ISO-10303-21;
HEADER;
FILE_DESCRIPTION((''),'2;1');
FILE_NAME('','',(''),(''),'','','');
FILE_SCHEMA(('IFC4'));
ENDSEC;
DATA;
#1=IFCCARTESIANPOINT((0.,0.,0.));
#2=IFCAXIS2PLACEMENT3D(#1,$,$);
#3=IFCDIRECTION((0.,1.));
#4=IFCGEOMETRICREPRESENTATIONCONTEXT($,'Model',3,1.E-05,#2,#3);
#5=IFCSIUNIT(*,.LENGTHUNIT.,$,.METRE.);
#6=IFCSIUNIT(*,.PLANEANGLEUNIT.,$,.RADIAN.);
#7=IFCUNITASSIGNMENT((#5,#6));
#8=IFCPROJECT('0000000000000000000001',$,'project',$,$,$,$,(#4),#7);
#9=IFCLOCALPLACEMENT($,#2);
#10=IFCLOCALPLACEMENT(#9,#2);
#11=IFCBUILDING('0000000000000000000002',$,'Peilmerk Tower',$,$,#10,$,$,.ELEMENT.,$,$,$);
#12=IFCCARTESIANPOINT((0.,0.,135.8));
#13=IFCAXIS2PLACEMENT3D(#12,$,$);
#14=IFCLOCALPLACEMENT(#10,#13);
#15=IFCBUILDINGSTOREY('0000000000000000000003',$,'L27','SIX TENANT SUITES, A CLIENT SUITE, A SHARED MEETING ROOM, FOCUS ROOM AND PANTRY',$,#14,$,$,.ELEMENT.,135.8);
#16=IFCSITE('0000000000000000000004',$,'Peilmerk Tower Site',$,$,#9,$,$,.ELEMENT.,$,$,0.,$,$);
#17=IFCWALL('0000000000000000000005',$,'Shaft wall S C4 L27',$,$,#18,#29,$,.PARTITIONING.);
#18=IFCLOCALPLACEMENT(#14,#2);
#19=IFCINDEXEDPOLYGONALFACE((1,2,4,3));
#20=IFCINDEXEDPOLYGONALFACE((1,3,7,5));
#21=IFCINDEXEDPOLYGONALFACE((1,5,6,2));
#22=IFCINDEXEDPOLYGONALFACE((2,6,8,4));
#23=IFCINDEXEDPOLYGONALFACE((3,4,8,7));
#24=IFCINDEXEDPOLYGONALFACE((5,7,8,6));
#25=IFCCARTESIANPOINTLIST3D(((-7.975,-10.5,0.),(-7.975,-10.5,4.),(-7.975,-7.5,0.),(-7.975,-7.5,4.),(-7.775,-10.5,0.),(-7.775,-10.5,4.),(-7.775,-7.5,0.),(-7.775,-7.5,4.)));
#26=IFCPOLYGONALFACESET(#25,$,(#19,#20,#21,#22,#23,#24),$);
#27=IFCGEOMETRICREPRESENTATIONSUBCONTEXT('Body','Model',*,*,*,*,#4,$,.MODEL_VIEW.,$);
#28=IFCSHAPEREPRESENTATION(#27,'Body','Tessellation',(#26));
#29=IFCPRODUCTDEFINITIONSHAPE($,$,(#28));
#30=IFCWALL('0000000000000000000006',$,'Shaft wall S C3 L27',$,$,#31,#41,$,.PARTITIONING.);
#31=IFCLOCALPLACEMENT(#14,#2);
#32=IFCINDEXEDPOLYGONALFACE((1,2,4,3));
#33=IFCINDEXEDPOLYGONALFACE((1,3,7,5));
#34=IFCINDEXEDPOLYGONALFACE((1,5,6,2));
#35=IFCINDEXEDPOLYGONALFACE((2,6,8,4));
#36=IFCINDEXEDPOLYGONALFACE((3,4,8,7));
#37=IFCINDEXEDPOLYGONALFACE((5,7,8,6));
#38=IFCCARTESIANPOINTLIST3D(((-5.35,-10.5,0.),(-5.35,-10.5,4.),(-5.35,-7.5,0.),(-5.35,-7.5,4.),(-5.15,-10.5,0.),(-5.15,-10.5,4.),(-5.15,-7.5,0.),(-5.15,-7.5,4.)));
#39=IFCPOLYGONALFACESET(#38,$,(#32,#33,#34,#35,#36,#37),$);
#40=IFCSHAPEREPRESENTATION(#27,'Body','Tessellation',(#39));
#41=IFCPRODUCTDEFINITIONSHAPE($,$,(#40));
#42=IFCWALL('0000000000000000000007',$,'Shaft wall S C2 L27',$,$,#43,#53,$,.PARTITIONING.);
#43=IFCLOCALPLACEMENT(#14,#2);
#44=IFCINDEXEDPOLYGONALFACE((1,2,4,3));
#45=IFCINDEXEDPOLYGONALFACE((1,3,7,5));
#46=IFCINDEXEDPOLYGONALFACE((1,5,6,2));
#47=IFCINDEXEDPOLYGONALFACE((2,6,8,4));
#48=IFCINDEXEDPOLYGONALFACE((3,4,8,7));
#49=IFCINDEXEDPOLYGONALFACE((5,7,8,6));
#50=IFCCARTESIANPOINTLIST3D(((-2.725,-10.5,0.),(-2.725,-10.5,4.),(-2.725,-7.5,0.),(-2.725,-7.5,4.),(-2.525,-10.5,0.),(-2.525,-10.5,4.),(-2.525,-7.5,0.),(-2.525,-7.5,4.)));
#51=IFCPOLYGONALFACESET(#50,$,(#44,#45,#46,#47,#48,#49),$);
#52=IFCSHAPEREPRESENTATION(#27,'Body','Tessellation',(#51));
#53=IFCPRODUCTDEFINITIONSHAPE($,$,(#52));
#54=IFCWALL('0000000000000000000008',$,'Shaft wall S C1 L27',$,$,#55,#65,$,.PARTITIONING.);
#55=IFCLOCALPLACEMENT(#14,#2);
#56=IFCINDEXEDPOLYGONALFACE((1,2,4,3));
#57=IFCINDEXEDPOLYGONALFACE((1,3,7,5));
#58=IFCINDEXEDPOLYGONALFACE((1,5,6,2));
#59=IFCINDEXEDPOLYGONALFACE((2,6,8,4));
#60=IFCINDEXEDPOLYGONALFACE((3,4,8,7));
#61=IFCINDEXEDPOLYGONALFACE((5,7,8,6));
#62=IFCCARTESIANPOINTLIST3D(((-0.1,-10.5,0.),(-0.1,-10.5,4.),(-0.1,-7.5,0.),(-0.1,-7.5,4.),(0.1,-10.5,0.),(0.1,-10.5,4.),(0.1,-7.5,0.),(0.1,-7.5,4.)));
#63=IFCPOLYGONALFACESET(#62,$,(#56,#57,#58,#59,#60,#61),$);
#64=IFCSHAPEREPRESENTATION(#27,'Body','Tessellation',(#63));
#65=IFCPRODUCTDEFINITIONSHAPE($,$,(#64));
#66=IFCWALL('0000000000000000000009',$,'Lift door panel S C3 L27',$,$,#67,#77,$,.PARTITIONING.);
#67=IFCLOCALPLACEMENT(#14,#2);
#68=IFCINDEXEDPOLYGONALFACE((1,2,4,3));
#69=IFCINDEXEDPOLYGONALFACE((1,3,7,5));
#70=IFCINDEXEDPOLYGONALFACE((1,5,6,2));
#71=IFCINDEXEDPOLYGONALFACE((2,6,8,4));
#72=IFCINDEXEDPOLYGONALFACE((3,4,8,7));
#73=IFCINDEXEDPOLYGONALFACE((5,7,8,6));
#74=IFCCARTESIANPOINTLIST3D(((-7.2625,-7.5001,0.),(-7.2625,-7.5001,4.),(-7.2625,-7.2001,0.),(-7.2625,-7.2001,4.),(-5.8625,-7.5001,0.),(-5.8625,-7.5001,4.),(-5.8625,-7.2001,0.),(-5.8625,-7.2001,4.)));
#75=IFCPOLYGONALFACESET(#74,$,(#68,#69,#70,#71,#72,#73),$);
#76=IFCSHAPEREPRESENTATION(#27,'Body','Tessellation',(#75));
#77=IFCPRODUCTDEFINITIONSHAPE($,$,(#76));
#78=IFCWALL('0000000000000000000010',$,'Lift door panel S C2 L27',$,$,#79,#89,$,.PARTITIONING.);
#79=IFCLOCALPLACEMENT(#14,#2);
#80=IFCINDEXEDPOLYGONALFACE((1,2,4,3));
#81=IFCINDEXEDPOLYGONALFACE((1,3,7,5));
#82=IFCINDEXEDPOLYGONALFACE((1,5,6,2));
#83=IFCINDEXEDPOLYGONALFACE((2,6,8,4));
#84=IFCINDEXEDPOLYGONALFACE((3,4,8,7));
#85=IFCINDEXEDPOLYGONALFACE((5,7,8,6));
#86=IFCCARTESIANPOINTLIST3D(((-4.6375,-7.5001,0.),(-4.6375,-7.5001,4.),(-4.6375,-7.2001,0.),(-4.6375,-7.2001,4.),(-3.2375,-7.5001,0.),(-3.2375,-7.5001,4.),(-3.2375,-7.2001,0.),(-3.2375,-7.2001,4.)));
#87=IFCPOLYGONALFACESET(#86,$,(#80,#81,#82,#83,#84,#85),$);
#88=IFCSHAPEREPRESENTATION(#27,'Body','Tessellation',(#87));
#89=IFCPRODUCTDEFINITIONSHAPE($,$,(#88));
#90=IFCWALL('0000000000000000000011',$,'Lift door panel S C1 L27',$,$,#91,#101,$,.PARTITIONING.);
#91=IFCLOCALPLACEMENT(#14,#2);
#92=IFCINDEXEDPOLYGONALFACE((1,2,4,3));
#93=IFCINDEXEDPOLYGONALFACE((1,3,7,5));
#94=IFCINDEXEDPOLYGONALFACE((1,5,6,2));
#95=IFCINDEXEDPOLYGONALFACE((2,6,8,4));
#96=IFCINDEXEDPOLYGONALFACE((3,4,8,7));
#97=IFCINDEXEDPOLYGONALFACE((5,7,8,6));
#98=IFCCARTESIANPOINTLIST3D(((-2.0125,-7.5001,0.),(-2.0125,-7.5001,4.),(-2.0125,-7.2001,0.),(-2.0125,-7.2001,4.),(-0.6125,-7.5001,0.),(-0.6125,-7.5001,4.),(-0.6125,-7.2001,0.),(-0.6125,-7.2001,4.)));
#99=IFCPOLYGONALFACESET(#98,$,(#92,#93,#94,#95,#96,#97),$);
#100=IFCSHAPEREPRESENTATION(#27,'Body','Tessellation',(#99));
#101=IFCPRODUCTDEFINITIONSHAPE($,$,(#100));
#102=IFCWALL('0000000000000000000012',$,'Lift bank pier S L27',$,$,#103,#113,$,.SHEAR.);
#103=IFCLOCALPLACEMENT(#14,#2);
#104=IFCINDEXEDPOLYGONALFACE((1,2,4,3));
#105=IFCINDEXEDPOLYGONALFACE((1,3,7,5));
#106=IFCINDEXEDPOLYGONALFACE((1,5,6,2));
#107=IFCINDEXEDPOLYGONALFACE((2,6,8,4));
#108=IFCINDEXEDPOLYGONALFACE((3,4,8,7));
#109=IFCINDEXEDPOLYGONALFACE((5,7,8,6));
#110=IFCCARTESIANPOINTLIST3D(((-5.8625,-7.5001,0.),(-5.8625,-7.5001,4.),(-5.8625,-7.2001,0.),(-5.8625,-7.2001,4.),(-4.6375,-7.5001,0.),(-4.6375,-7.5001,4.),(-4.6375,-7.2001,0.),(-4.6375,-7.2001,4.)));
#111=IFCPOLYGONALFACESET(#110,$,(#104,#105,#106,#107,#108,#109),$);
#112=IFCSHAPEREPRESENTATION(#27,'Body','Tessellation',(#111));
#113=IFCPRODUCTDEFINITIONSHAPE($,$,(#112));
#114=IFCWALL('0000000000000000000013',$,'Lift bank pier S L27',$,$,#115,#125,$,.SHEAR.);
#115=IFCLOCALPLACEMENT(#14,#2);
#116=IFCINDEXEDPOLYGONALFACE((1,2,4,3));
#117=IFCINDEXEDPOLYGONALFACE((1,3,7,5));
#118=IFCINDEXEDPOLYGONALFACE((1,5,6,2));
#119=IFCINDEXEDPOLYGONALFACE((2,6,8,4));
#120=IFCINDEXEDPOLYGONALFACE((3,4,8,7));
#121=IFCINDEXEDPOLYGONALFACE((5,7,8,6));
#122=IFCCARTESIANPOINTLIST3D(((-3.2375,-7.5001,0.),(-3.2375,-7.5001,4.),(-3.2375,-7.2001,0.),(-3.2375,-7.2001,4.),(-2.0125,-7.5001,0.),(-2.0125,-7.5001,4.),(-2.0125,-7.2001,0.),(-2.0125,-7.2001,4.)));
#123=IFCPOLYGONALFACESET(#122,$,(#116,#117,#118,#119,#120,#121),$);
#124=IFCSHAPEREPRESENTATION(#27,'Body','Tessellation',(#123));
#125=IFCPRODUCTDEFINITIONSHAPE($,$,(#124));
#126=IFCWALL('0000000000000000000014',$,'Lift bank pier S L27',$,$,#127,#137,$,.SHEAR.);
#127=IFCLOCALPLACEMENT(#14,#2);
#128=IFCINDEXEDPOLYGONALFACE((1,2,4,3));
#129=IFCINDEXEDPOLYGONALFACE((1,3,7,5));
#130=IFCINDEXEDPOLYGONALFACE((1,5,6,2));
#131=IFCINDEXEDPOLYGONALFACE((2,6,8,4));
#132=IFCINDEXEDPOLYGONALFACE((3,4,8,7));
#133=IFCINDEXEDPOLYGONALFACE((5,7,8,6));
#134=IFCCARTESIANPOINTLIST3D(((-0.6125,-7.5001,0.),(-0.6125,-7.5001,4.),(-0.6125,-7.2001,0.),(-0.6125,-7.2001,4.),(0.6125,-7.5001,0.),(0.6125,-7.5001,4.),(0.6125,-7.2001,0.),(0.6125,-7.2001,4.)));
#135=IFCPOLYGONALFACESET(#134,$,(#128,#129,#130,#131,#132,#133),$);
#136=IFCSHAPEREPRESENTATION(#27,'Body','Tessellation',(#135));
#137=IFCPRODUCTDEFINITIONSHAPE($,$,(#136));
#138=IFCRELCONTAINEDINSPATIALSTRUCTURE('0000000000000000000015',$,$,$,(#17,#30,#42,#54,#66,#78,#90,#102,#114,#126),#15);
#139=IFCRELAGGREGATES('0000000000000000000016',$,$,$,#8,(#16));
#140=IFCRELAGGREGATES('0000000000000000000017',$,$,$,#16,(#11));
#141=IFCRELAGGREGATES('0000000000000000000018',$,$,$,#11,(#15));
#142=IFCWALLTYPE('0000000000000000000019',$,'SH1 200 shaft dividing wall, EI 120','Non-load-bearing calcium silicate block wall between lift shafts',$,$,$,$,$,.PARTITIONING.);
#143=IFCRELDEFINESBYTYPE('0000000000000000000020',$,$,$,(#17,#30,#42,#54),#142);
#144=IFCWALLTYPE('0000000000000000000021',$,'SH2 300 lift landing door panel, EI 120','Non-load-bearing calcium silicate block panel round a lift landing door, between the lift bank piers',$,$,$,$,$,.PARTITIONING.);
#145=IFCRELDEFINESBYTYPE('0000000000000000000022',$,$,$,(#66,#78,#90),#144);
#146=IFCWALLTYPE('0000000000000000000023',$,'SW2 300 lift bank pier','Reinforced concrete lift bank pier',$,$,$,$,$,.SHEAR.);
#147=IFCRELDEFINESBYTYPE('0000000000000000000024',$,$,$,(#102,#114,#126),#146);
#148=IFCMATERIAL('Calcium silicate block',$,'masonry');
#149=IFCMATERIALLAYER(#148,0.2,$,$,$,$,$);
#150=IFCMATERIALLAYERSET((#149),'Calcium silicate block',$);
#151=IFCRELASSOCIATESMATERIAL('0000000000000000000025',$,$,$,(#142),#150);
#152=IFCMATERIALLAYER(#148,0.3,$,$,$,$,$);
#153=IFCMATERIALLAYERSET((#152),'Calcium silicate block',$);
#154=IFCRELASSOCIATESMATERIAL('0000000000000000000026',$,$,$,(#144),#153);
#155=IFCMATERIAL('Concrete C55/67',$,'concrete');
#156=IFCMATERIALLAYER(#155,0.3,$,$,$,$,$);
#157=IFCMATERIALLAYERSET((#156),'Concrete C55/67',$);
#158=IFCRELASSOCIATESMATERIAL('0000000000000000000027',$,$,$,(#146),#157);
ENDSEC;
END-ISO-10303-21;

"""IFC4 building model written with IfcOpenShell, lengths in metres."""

from ifc_helpers import new_model, si_unit, direction, frame, frame_2d, origin, place, context, subcontext, project, spatial, rectangle, extrude, material, layer, layer_set, type_object, element, save


model = new_model("IFC4")

# Units and contexts
model_context = context("Model", 3, precision=1e-05, world=origin(), true_north=direction((0.0, 1.0)))
body_context = subcontext(model_context, "Body", "Model", "MODEL_VIEW")
ifc_project = project(units=[si_unit("LENGTHUNIT", "METRE"), si_unit("PLANEANGLEUNIT", "RADIAN")], contexts=[model_context])

# Site, building, storey
site_placement = place(None, origin())
site = spatial("IfcSite", under=ifc_project, at=site_placement, Name="Peilmerk Tower Site", CompositionType="ELEMENT", RefElevation=0.0)
building_placement = place(site_placement, origin())
building = spatial("IfcBuilding", under=site, at=building_placement, Name="Peilmerk Tower", CompositionType="ELEMENT")
storey_placement = place(building_placement, frame((0.0, 0.0, 135.8)))
storey = spatial("IfcBuildingStorey", under=building, at=storey_placement, Name="L27", Description="SIX TENANT SUITES, A CLIENT SUITE, A SHARED MEETING ROOM, FOCUS ROOM AND PANTRY", CompositionType="ELEMENT", Elevation=135.8)

# Walls
ifc_material_1 = material(Name="Calcium silicate block", Category="masonry")
ifc_layer_1 = layer(ifc_material_1, 0.2)
ifc_layer_set_1 = layer_set([ifc_layer_1], Name="Calcium silicate block")
wall_type_1 = type_object("IfcWallType", Name="SH1 200 shaft dividing wall, EI 120", Description="Non-load-bearing calcium silicate block wall between lift shafts", PredefinedType="PARTITIONING", material=ifc_layer_set_1)
for number, where, z_axis, x_axis, name in (
    (1, (-7.875, -10.5, 0.0), (0.0, 0.0, 1.0), (0.0, 1.0, 0.0), "Shaft wall S C4 L27"),
    (2, (-5.25, -10.5, 0.0), (0.0, 0.0, 1.0), (0.0, 1.0, 0.0), "Shaft wall S C3 L27"),
    (3, (-2.625, -10.5, 0.0), (0.0, 0.0, 1.0), (0.0, 1.0, 0.0), "Shaft wall S C2 L27"),
    (4, (0.0, -10.5, 0.0), (0.0, 0.0, 1.0), (0.0, 1.0, 0.0), "Shaft wall S C1 L27"),
):
    element("IfcWall", number, at=place(storey_placement, frame(where, z_axis=z_axis, x_axis=x_axis)), inside=storey, type_object=wall_type_1, Name=name, PredefinedType="PARTITIONING", context=body_context, shape_type="SweptSolid", body=[
        extrude(rectangle(XDim=3.0, YDim=0.2, at=frame_2d((1.5, 0.0))), origin(), (0.0, 0.0, 1.0), 4.0),
    ])
ifc_layer_2 = layer(ifc_material_1, 0.3)
ifc_layer_set_2 = layer_set([ifc_layer_2], Name="Calcium silicate block")
wall_type_2 = type_object("IfcWallType", Name="SH2 300 lift landing door panel, EI 120", Description="Non-load-bearing calcium silicate block panel round a lift landing door, between the lift bank piers", PredefinedType="PARTITIONING", material=ifc_layer_set_2)
for number, where, z_axis, x_axis, name in (
    (5, (-7.2625, -7.3501, 0.0), (0.0, 0.0, 1.0), (1.0, 0.0, 0.0), "Lift door panel S C3 L27"),
    (6, (-4.6375, -7.3501, 0.0), (0.0, 0.0, 1.0), (1.0, 0.0, 0.0), "Lift door panel S C2 L27"),
    (7, (-2.0125, -7.3501, 0.0), (0.0, 0.0, 1.0), (1.0, 0.0, 0.0), "Lift door panel S C1 L27"),
):
    element("IfcWall", number, at=place(storey_placement, frame(where, z_axis=z_axis, x_axis=x_axis)), inside=storey, type_object=wall_type_2, Name=name, PredefinedType="PARTITIONING", context=body_context, shape_type="SweptSolid", body=[
        extrude(rectangle(XDim=1.3999, YDim=0.3, at=frame_2d((0.7, 0.0))), origin(), (0.0, 0.0, 1.0), 4.0),
    ])
ifc_material_2 = material(Name="Concrete C55/67", Category="concrete")
ifc_layer_3 = layer(ifc_material_2, 0.3)
ifc_layer_set_3 = layer_set([ifc_layer_3], Name="Concrete C55/67")
wall_type_3 = type_object("IfcWallType", Name="SW2 300 lift bank pier", Description="Reinforced concrete lift bank pier", PredefinedType="SHEAR", material=ifc_layer_set_3)
for number, where, z_axis, x_axis, name in (
    (8, (-5.8625, -7.3501, 0.0), (0.0, 0.0, 1.0), (1.0, 0.0, 0.0), "Lift bank pier S L27"),
    (9, (-3.2375, -7.3501, 0.0), (0.0, 0.0, 1.0), (1.0, 0.0, 0.0), "Lift bank pier S L27"),
    (10, (-0.6125, -7.3501, 0.0), (0.0, 0.0, 1.0), (1.0, 0.0, 0.0), "Lift bank pier S L27"),
):
    element("IfcWall", number, at=place(storey_placement, frame(where, z_axis=z_axis, x_axis=x_axis)), inside=storey, type_object=wall_type_3, Name=name, PredefinedType="SHEAR", context=body_context, shape_type="SweptSolid", body=[
        extrude(rectangle(XDim=1.2251, YDim=0.3, at=frame_2d((0.6125, 0.0))), origin(), (0.0, 0.0, 1.0), 4.0),
    ])

save(model, "model.ifc")
